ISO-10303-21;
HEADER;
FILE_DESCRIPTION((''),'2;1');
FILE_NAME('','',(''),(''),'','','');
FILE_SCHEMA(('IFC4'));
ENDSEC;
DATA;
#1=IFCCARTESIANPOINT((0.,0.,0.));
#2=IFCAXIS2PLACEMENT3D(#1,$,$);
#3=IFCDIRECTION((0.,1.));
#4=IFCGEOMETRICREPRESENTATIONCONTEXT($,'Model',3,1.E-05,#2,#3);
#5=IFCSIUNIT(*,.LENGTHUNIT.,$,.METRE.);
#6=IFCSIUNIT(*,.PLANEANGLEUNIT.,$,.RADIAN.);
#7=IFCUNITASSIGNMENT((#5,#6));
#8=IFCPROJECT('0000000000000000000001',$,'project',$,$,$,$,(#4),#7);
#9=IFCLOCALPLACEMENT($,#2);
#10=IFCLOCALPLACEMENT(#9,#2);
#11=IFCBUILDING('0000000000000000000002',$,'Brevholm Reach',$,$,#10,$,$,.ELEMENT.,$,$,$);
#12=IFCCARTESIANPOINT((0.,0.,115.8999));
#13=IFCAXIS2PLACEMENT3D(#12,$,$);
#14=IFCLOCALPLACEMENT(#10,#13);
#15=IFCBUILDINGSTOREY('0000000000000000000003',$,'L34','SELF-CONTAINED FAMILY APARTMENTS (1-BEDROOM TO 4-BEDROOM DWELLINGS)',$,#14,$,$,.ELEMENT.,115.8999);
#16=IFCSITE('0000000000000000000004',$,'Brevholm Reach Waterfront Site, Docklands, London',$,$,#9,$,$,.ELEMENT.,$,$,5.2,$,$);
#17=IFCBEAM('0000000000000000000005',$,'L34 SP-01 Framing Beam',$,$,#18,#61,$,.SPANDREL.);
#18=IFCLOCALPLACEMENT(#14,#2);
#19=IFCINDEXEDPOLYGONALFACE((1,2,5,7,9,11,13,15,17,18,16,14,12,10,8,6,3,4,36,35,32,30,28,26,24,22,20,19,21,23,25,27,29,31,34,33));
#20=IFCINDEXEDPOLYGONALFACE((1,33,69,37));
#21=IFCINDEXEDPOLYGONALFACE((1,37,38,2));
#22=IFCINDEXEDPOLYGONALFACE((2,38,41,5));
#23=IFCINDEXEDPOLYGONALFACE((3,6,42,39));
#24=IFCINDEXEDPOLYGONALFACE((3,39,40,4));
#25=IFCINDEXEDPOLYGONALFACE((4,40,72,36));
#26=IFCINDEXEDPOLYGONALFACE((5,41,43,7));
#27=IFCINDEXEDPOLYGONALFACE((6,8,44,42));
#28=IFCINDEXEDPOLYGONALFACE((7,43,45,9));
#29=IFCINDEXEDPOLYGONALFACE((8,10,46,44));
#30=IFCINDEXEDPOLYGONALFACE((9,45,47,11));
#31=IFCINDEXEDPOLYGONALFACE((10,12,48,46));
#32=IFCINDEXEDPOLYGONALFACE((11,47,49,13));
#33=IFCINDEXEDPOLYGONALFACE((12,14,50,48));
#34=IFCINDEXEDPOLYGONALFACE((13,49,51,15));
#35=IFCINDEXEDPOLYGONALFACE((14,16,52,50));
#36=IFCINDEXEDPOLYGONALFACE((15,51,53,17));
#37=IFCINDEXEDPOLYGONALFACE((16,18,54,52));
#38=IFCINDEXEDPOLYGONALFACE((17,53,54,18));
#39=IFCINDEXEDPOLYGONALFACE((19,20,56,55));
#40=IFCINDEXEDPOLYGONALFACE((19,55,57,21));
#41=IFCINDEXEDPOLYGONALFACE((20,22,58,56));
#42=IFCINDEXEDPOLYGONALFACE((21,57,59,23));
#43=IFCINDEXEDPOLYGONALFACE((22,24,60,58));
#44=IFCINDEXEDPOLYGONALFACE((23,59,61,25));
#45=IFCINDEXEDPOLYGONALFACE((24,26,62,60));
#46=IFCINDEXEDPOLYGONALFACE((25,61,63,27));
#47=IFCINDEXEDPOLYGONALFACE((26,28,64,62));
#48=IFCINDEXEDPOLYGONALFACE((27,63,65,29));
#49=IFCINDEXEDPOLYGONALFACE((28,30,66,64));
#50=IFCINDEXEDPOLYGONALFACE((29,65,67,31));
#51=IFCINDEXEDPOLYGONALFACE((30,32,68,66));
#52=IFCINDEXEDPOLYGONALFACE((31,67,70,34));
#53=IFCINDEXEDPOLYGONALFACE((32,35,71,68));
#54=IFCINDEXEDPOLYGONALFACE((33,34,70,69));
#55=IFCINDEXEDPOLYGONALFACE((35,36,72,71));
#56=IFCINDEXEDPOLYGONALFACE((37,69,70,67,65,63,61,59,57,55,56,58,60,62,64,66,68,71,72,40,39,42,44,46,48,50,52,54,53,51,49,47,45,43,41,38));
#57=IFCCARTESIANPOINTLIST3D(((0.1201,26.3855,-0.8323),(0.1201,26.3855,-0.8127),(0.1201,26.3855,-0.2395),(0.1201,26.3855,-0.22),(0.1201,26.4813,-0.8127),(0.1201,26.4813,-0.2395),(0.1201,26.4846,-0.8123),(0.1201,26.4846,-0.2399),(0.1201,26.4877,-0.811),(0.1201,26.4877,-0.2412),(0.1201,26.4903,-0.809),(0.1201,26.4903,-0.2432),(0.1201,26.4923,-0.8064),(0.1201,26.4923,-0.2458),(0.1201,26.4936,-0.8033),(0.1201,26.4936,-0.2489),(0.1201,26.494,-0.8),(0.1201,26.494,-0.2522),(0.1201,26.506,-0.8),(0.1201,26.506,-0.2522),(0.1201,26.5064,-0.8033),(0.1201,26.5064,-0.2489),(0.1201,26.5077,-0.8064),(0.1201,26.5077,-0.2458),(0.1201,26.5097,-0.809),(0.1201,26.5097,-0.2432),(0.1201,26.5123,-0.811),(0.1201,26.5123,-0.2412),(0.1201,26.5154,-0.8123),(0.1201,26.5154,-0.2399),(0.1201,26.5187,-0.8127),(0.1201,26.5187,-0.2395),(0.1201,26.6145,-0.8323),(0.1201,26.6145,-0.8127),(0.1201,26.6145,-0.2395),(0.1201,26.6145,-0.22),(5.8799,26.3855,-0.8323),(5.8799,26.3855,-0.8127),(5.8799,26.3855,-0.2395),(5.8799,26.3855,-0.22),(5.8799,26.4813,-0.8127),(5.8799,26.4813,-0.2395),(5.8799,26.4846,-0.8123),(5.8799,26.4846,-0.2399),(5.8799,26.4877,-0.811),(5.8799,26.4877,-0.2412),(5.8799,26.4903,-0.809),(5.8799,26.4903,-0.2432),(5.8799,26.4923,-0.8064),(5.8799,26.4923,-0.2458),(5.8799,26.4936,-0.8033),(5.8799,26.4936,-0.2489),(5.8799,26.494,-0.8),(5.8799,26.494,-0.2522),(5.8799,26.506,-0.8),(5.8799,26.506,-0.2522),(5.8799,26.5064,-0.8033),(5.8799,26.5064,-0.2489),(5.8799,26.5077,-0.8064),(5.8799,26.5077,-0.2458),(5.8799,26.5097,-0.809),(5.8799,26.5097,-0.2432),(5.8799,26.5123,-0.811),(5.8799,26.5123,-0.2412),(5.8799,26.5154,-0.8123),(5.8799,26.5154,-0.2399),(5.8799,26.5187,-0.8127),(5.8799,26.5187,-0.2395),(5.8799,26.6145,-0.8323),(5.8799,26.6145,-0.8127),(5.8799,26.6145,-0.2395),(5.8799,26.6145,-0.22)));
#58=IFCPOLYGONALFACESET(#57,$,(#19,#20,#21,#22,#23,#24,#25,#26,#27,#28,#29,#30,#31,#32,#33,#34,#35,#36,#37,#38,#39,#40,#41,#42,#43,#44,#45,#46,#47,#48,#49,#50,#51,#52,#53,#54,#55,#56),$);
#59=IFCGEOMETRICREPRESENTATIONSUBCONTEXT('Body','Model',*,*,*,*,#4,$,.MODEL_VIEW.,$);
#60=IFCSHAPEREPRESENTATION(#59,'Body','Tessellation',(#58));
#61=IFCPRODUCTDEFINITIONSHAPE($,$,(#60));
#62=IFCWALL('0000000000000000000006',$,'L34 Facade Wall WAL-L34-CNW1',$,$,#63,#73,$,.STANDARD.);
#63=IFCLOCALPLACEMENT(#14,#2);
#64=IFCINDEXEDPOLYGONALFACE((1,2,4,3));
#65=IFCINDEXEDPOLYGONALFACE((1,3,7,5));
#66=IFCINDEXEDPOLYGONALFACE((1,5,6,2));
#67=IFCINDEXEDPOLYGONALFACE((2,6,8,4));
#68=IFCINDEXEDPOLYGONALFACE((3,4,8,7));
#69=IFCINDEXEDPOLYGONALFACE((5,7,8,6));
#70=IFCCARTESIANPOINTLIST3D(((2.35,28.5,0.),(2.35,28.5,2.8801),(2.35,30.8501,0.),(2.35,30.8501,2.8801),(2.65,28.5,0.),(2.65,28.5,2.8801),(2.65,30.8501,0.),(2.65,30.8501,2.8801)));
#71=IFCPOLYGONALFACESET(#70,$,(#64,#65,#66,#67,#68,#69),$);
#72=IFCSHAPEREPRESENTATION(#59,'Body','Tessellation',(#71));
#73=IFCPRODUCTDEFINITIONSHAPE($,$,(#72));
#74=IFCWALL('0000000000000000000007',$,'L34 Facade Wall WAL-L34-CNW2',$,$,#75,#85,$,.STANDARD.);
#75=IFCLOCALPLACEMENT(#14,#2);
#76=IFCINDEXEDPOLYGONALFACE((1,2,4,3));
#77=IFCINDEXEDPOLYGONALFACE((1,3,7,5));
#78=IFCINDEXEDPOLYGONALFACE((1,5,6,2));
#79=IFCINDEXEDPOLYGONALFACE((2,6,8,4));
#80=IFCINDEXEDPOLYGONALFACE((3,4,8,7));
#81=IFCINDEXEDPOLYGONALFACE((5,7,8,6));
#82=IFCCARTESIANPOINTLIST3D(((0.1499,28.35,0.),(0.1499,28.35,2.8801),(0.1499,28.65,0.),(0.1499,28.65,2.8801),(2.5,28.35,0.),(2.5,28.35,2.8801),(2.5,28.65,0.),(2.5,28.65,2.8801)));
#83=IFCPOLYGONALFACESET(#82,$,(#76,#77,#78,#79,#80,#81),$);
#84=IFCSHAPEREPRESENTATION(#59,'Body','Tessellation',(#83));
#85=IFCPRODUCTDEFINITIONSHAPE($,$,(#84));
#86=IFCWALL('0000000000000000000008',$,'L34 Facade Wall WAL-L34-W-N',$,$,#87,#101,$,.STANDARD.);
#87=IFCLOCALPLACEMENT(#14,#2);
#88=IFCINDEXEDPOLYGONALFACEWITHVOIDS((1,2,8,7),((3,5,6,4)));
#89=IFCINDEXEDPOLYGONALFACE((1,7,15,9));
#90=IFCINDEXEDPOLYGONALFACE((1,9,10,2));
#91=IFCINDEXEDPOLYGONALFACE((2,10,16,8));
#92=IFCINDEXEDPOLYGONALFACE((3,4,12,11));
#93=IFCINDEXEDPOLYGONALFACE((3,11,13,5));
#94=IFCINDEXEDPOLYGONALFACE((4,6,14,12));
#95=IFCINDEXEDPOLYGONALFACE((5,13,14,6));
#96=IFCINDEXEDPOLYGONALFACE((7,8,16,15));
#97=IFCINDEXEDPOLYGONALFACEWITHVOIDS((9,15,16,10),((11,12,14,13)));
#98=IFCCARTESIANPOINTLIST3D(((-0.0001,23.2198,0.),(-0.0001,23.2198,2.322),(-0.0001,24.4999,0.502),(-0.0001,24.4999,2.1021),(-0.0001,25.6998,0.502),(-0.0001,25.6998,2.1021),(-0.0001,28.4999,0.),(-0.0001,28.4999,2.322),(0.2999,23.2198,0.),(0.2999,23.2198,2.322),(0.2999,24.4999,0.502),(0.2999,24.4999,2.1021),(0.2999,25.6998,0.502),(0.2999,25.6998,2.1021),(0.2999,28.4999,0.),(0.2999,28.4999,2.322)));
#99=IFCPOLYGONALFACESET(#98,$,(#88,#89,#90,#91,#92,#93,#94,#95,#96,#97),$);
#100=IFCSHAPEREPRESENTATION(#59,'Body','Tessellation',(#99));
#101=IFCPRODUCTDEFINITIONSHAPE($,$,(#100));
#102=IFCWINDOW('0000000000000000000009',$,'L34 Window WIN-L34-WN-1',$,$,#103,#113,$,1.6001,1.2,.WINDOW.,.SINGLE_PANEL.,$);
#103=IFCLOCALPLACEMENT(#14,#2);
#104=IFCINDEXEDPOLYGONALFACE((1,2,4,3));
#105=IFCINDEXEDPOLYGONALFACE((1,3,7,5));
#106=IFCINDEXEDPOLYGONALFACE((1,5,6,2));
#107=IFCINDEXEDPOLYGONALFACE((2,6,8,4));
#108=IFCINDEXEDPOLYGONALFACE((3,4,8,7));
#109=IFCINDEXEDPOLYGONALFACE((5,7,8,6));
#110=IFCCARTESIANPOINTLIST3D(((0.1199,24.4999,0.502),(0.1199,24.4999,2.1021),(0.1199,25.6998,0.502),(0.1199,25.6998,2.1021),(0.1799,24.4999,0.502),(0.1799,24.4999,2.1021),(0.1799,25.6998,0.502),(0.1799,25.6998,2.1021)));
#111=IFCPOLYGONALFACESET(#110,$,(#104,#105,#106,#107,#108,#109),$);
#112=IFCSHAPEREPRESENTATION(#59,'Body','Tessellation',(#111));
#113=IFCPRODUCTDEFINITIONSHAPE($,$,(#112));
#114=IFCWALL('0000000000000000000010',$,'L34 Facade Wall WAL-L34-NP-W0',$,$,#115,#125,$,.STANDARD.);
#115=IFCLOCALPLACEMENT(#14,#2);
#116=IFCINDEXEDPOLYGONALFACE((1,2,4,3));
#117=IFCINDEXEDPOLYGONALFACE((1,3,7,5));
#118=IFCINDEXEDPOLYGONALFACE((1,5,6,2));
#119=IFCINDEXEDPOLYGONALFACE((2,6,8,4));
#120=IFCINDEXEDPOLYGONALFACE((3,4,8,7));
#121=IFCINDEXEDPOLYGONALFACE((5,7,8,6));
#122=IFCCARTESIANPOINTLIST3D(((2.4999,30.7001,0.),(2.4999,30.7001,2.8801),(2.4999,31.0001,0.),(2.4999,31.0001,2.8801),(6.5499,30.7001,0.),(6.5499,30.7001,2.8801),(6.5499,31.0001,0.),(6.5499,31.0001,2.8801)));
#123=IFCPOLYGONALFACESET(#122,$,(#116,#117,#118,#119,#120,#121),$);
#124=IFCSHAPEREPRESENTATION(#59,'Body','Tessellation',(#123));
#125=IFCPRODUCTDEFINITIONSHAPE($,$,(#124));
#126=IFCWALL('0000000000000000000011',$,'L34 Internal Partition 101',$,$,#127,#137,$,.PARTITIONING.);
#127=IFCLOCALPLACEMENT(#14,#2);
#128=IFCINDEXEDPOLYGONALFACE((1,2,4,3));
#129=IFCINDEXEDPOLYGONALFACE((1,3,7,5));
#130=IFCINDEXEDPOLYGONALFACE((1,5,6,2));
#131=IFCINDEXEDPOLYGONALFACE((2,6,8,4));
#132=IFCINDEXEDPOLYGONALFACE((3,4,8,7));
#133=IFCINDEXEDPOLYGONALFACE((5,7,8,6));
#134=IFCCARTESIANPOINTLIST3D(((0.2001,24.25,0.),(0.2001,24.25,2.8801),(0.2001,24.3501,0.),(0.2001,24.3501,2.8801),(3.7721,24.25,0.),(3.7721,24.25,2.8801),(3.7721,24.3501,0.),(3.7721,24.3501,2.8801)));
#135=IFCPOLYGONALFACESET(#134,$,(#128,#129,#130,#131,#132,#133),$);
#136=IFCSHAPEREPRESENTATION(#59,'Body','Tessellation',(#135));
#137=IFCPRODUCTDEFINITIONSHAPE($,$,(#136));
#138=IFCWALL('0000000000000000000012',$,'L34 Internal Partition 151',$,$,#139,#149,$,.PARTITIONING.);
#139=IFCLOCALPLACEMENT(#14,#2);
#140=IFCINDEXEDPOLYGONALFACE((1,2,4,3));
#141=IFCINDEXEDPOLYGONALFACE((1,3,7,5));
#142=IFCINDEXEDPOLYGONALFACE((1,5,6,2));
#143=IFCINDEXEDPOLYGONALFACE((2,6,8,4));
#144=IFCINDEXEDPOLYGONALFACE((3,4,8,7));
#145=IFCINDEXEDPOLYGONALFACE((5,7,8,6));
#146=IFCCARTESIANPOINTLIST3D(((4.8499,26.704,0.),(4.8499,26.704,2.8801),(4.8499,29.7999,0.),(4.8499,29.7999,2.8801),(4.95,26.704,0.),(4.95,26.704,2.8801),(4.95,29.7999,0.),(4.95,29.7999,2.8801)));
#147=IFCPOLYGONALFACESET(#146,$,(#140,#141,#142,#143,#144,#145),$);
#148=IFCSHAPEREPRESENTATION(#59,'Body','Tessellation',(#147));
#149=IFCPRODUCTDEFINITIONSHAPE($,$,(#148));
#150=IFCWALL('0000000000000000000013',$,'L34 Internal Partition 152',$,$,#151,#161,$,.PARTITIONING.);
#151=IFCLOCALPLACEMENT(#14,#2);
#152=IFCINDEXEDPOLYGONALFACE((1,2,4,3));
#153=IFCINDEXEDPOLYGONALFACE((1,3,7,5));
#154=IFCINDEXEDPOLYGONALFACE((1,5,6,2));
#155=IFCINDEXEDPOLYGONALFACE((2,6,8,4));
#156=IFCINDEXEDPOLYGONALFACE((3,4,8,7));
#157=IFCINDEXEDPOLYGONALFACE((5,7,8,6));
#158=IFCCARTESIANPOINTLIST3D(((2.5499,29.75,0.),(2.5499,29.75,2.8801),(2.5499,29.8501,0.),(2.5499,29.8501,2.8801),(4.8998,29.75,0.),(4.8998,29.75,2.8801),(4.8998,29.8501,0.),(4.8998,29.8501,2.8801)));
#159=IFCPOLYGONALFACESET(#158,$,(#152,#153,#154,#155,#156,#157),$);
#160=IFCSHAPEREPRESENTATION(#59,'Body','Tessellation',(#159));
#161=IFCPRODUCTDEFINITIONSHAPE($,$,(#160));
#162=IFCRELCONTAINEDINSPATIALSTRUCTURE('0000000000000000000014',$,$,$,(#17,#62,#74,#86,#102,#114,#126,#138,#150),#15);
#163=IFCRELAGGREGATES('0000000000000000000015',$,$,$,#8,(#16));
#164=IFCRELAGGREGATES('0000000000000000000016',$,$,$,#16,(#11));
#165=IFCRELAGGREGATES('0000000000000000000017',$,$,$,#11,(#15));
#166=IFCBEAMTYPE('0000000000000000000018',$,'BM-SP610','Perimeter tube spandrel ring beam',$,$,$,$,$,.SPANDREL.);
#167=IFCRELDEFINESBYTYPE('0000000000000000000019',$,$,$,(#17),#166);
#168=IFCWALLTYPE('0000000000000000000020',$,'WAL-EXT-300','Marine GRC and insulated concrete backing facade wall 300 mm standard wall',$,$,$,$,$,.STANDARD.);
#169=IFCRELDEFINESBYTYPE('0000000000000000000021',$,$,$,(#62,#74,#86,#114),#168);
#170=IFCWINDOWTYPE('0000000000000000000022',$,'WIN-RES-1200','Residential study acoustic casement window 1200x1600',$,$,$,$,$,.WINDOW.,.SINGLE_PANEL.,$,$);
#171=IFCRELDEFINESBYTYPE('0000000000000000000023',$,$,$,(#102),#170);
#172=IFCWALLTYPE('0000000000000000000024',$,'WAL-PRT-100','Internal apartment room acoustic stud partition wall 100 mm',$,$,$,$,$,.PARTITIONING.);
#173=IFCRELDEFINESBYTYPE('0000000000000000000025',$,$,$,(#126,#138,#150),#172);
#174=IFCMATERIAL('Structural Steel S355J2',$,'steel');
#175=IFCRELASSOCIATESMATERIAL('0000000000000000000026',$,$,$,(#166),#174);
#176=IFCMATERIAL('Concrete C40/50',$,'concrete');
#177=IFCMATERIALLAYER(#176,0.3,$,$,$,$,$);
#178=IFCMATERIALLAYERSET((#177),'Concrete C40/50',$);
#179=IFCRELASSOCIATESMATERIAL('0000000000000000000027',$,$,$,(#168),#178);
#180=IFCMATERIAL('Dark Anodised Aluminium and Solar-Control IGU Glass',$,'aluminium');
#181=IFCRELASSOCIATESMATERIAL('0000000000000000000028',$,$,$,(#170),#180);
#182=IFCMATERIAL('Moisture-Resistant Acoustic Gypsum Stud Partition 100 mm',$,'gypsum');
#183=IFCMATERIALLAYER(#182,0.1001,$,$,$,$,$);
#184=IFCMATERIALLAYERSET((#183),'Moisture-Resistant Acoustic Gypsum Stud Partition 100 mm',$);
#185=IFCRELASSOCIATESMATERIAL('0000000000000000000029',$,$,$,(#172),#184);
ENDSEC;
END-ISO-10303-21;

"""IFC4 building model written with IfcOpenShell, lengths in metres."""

from ifc_helpers import new_model, si_unit, direction, frame, frame_2d, origin, origin_2d, place, context, subcontext, project, spatial, rectangle, i_section, extrude, material, layer, layer_set, material_profile, profile_set, type_object, element, fill, save


model = new_model("IFC4")

# Units and contexts
model_context = context("Model", 3, precision=1e-05, world=origin(), true_north=direction((0.0, 1.0)))
body_context = subcontext(model_context, "Body", "Model", "MODEL_VIEW")
ifc_project = project(units=[si_unit("LENGTHUNIT", "METRE"), si_unit("PLANEANGLEUNIT", "RADIAN")], contexts=[model_context])

# Site, building, storey
site_placement = place(None, origin())
site = spatial("IfcSite", under=ifc_project, at=site_placement, Name="Brevholm Reach Waterfront Site, Docklands, London", CompositionType="ELEMENT", RefElevation=5.2)
building_placement = place(site_placement, origin())
building = spatial("IfcBuilding", under=site, at=building_placement, Name="Brevholm Reach", CompositionType="ELEMENT")
storey_placement = place(building_placement, frame((0.0, 0.0, 115.8999)))
storey = spatial("IfcBuildingStorey", under=building, at=storey_placement, Name="L34", Description="SELF-CONTAINED FAMILY APARTMENTS (1-BEDROOM TO 4-BEDROOM DWELLINGS)", CompositionType="ELEMENT", Elevation=115.8999)

# Beam
ifc_material_1 = material(Name="Structural Steel S355J2", Category="steel")
ifc_material_profile_1 = material_profile(ifc_material_1, i_section(OverallWidth=0.229, OverallDepth=0.6123, WebThickness=0.012, FlangeThickness=0.0195, FilletRadius=0.0127, at=origin_2d()), Name="UKB 610x229x125")
ifc_profile_set_1 = profile_set([ifc_material_profile_1], Name="Structural Steel S355J2")
beam_type_1 = type_object("IfcBeamType", Name="BM-SP610", Description="Perimeter tube spandrel ring beam", PredefinedType="SPANDREL", material=ifc_profile_set_1)
beam_1_placement = place(storey_placement, frame((0.1201, 26.5, -0.5261), z_axis=(1.0, 0.0, 0.0), x_axis=(0.0, 1.0, 0.0)))
element("IfcBeam", 1, at=beam_1_placement, inside=storey, type_object=beam_type_1, Name="L34 SP-01 Framing Beam", PredefinedType="SPANDREL", context=body_context, shape_type="SweptSolid", body=[
    extrude(i_section(OverallWidth=0.229, OverallDepth=0.6123, WebThickness=0.012, FlangeThickness=0.0195, FilletRadius=0.0127, at=origin_2d()), origin(), (0.0, 0.0, 1.0), 5.7598),
])

# Walls
ifc_material_2 = material(Name="Concrete C40/50", Category="concrete")
ifc_layer_1 = layer(ifc_material_2, 0.3)
ifc_layer_set_1 = layer_set([ifc_layer_1], Name="Concrete C40/50")
wall_type_1 = type_object("IfcWallType", Name="WAL-EXT-300", Description="Marine GRC and insulated concrete backing facade wall 300 mm standard wall", PredefinedType="STANDARD", material=ifc_layer_set_1)
for number, where, z_axis, x_axis, name in (
    (2, (2.5, 30.8501, 0.0), (0.0, 0.0, 1.0), (0.0, -1.0, 0.0), "L34 Facade Wall WAL-L34-CNW1"),
    (3, (2.5, 28.5, 0.0), (0.0, 0.0, 1.0), (-1.0, 0.0, 0.0), "L34 Facade Wall WAL-L34-CNW2"),
):
    element("IfcWall", number, at=place(storey_placement, frame(where, z_axis=z_axis, x_axis=x_axis)), inside=storey, type_object=wall_type_1, Name=name, PredefinedType="STANDARD", context=body_context, shape_type="SweptSolid", body=[
        extrude(rectangle(XDim=2.3501, YDim=0.3, at=frame_2d((1.175, 0.0))), origin(), (0.0, 0.0, 1.0), 2.8801),
    ])

# Wall, opening, window
wall_1_placement = place(storey_placement, frame((0.1499, 28.5, 0.0), z_axis=(0.0, 0.0, 1.0), x_axis=(0.0, -1.0, 0.0)))
wall_1 = element("IfcWall", 4, at=wall_1_placement, inside=storey, type_object=wall_type_1, Name="L34 Facade Wall WAL-L34-W-N", PredefinedType="STANDARD", context=body_context, shape_type="SweptSolid", body=[
    extrude(rectangle(XDim=5.28, YDim=0.3, at=frame_2d((2.6401, 0.0))), origin(), (0.0, 0.0, 1.0), 2.322),
])
opening_1_placement = place(wall_1_placement, frame((2.8, 0.0, 0.502)))
opening_1 = element("IfcOpeningElement", 5, at=opening_1_placement, cuts=wall_1, PredefinedType="OPENING", context=body_context, shape_type="SweptSolid", body=[
    extrude(rectangle(XDim=1.2, YDim=1.6001, at=frame_2d((0.6001, 0.8))), frame((0.0, 0.1599, 0.0), z_axis=(0.0, -1.0, 0.0), x_axis=(1.0, 0.0, 0.0)), (0.0, 0.0, 1.0), 0.3201),
])
ifc_material_3 = material(Name="Dark Anodised Aluminium and Solar-Control IGU Glass", Category="aluminium")
window_type = type_object("IfcWindowType", Name="WIN-RES-1200", Description="Residential study acoustic casement window 1200x1600", PartitioningType="SINGLE_PANEL", PredefinedType="WINDOW", material=ifc_material_3)
window_placement = place(opening_1_placement, origin())
window = element("IfcWindow", 6, at=window_placement, inside=storey, type_object=window_type, Name="L34 Window WIN-L34-WN-1", OverallHeight=1.6001, OverallWidth=1.2, PartitioningType="SINGLE_PANEL", PredefinedType="WINDOW", context=body_context, shape_type="SweptSolid", body=[
    extrude(rectangle(XDim=1.2, YDim=1.6001, at=frame_2d((0.6001, 0.8))), frame((0.0, 0.03, 0.0), z_axis=(0.0, -1.0, 0.0), x_axis=(1.0, 0.0, 0.0)), (0.0, 0.0, 1.0), 0.0601),
])
fill(opening_1, window)

# Walls
wall_2_placement = place(storey_placement, frame((2.5, 30.8501, 0.0), z_axis=(0.0, 0.0, 1.0), x_axis=(1.0, 0.0, 0.0)))
element("IfcWall", 7, at=wall_2_placement, inside=storey, type_object=wall_type_1, Name="L34 Facade Wall WAL-L34-NP-W0", PredefinedType="STANDARD", context=body_context, shape_type="SweptSolid", body=[
    extrude(rectangle(XDim=4.05, YDim=0.3, at=frame_2d((2.0249, 0.0))), origin(), (0.0, 0.0, 1.0), 2.8801),
])
ifc_material_4 = material(Name="Moisture-Resistant Acoustic Gypsum Stud Partition 100 mm", Category="gypsum")
ifc_layer_2 = layer(ifc_material_4, 0.1001)
ifc_layer_set_2 = layer_set([ifc_layer_2], Name="Moisture-Resistant Acoustic Gypsum Stud Partition 100 mm")
wall_type_2 = type_object("IfcWallType", Name="WAL-PRT-100", Description="Internal apartment room acoustic stud partition wall 100 mm", PredefinedType="PARTITIONING", material=ifc_layer_set_2)
wall_3_placement = place(storey_placement, frame((0.2, 24.3, 0.0), z_axis=(0.0, 0.0, 1.0), x_axis=(1.0, 0.0, 0.0)))
element("IfcWall", 8, at=wall_3_placement, inside=storey, type_object=wall_type_2, Name="L34 Internal Partition 101", PredefinedType="PARTITIONING", context=body_context, shape_type="SweptSolid", body=[
    extrude(rectangle(XDim=3.572, YDim=0.1001, at=frame_2d((1.7861, 0.0))), origin(), (0.0, 0.0, 1.0), 2.8801),
])
wall_4_placement = place(storey_placement, frame((4.8999, 26.7041, 0.0), z_axis=(0.0, 0.0, 1.0), x_axis=(0.0, 1.0, 0.0)))
element("IfcWall", 9, at=wall_4_placement, inside=storey, type_object=wall_type_2, Name="L34 Internal Partition 151", PredefinedType="PARTITIONING", context=body_context, shape_type="SweptSolid", body=[
    extrude(rectangle(XDim=3.0959, YDim=0.1001, at=frame_2d((1.5479, 0.0))), origin(), (0.0, 0.0, 1.0), 2.8801),
])
wall_5_placement = place(storey_placement, frame((2.55, 29.8, 0.0), z_axis=(0.0, 0.0, 1.0), x_axis=(1.0, 0.0, 0.0)))
element("IfcWall", 10, at=wall_5_placement, inside=storey, type_object=wall_type_2, Name="L34 Internal Partition 152", PredefinedType="PARTITIONING", context=body_context, shape_type="SweptSolid", body=[
    extrude(rectangle(XDim=2.3499, YDim=0.1001, at=frame_2d((1.1748, 0.0))), origin(), (0.0, 0.0, 1.0), 2.8801),
])

save(model, "model.ifc")
